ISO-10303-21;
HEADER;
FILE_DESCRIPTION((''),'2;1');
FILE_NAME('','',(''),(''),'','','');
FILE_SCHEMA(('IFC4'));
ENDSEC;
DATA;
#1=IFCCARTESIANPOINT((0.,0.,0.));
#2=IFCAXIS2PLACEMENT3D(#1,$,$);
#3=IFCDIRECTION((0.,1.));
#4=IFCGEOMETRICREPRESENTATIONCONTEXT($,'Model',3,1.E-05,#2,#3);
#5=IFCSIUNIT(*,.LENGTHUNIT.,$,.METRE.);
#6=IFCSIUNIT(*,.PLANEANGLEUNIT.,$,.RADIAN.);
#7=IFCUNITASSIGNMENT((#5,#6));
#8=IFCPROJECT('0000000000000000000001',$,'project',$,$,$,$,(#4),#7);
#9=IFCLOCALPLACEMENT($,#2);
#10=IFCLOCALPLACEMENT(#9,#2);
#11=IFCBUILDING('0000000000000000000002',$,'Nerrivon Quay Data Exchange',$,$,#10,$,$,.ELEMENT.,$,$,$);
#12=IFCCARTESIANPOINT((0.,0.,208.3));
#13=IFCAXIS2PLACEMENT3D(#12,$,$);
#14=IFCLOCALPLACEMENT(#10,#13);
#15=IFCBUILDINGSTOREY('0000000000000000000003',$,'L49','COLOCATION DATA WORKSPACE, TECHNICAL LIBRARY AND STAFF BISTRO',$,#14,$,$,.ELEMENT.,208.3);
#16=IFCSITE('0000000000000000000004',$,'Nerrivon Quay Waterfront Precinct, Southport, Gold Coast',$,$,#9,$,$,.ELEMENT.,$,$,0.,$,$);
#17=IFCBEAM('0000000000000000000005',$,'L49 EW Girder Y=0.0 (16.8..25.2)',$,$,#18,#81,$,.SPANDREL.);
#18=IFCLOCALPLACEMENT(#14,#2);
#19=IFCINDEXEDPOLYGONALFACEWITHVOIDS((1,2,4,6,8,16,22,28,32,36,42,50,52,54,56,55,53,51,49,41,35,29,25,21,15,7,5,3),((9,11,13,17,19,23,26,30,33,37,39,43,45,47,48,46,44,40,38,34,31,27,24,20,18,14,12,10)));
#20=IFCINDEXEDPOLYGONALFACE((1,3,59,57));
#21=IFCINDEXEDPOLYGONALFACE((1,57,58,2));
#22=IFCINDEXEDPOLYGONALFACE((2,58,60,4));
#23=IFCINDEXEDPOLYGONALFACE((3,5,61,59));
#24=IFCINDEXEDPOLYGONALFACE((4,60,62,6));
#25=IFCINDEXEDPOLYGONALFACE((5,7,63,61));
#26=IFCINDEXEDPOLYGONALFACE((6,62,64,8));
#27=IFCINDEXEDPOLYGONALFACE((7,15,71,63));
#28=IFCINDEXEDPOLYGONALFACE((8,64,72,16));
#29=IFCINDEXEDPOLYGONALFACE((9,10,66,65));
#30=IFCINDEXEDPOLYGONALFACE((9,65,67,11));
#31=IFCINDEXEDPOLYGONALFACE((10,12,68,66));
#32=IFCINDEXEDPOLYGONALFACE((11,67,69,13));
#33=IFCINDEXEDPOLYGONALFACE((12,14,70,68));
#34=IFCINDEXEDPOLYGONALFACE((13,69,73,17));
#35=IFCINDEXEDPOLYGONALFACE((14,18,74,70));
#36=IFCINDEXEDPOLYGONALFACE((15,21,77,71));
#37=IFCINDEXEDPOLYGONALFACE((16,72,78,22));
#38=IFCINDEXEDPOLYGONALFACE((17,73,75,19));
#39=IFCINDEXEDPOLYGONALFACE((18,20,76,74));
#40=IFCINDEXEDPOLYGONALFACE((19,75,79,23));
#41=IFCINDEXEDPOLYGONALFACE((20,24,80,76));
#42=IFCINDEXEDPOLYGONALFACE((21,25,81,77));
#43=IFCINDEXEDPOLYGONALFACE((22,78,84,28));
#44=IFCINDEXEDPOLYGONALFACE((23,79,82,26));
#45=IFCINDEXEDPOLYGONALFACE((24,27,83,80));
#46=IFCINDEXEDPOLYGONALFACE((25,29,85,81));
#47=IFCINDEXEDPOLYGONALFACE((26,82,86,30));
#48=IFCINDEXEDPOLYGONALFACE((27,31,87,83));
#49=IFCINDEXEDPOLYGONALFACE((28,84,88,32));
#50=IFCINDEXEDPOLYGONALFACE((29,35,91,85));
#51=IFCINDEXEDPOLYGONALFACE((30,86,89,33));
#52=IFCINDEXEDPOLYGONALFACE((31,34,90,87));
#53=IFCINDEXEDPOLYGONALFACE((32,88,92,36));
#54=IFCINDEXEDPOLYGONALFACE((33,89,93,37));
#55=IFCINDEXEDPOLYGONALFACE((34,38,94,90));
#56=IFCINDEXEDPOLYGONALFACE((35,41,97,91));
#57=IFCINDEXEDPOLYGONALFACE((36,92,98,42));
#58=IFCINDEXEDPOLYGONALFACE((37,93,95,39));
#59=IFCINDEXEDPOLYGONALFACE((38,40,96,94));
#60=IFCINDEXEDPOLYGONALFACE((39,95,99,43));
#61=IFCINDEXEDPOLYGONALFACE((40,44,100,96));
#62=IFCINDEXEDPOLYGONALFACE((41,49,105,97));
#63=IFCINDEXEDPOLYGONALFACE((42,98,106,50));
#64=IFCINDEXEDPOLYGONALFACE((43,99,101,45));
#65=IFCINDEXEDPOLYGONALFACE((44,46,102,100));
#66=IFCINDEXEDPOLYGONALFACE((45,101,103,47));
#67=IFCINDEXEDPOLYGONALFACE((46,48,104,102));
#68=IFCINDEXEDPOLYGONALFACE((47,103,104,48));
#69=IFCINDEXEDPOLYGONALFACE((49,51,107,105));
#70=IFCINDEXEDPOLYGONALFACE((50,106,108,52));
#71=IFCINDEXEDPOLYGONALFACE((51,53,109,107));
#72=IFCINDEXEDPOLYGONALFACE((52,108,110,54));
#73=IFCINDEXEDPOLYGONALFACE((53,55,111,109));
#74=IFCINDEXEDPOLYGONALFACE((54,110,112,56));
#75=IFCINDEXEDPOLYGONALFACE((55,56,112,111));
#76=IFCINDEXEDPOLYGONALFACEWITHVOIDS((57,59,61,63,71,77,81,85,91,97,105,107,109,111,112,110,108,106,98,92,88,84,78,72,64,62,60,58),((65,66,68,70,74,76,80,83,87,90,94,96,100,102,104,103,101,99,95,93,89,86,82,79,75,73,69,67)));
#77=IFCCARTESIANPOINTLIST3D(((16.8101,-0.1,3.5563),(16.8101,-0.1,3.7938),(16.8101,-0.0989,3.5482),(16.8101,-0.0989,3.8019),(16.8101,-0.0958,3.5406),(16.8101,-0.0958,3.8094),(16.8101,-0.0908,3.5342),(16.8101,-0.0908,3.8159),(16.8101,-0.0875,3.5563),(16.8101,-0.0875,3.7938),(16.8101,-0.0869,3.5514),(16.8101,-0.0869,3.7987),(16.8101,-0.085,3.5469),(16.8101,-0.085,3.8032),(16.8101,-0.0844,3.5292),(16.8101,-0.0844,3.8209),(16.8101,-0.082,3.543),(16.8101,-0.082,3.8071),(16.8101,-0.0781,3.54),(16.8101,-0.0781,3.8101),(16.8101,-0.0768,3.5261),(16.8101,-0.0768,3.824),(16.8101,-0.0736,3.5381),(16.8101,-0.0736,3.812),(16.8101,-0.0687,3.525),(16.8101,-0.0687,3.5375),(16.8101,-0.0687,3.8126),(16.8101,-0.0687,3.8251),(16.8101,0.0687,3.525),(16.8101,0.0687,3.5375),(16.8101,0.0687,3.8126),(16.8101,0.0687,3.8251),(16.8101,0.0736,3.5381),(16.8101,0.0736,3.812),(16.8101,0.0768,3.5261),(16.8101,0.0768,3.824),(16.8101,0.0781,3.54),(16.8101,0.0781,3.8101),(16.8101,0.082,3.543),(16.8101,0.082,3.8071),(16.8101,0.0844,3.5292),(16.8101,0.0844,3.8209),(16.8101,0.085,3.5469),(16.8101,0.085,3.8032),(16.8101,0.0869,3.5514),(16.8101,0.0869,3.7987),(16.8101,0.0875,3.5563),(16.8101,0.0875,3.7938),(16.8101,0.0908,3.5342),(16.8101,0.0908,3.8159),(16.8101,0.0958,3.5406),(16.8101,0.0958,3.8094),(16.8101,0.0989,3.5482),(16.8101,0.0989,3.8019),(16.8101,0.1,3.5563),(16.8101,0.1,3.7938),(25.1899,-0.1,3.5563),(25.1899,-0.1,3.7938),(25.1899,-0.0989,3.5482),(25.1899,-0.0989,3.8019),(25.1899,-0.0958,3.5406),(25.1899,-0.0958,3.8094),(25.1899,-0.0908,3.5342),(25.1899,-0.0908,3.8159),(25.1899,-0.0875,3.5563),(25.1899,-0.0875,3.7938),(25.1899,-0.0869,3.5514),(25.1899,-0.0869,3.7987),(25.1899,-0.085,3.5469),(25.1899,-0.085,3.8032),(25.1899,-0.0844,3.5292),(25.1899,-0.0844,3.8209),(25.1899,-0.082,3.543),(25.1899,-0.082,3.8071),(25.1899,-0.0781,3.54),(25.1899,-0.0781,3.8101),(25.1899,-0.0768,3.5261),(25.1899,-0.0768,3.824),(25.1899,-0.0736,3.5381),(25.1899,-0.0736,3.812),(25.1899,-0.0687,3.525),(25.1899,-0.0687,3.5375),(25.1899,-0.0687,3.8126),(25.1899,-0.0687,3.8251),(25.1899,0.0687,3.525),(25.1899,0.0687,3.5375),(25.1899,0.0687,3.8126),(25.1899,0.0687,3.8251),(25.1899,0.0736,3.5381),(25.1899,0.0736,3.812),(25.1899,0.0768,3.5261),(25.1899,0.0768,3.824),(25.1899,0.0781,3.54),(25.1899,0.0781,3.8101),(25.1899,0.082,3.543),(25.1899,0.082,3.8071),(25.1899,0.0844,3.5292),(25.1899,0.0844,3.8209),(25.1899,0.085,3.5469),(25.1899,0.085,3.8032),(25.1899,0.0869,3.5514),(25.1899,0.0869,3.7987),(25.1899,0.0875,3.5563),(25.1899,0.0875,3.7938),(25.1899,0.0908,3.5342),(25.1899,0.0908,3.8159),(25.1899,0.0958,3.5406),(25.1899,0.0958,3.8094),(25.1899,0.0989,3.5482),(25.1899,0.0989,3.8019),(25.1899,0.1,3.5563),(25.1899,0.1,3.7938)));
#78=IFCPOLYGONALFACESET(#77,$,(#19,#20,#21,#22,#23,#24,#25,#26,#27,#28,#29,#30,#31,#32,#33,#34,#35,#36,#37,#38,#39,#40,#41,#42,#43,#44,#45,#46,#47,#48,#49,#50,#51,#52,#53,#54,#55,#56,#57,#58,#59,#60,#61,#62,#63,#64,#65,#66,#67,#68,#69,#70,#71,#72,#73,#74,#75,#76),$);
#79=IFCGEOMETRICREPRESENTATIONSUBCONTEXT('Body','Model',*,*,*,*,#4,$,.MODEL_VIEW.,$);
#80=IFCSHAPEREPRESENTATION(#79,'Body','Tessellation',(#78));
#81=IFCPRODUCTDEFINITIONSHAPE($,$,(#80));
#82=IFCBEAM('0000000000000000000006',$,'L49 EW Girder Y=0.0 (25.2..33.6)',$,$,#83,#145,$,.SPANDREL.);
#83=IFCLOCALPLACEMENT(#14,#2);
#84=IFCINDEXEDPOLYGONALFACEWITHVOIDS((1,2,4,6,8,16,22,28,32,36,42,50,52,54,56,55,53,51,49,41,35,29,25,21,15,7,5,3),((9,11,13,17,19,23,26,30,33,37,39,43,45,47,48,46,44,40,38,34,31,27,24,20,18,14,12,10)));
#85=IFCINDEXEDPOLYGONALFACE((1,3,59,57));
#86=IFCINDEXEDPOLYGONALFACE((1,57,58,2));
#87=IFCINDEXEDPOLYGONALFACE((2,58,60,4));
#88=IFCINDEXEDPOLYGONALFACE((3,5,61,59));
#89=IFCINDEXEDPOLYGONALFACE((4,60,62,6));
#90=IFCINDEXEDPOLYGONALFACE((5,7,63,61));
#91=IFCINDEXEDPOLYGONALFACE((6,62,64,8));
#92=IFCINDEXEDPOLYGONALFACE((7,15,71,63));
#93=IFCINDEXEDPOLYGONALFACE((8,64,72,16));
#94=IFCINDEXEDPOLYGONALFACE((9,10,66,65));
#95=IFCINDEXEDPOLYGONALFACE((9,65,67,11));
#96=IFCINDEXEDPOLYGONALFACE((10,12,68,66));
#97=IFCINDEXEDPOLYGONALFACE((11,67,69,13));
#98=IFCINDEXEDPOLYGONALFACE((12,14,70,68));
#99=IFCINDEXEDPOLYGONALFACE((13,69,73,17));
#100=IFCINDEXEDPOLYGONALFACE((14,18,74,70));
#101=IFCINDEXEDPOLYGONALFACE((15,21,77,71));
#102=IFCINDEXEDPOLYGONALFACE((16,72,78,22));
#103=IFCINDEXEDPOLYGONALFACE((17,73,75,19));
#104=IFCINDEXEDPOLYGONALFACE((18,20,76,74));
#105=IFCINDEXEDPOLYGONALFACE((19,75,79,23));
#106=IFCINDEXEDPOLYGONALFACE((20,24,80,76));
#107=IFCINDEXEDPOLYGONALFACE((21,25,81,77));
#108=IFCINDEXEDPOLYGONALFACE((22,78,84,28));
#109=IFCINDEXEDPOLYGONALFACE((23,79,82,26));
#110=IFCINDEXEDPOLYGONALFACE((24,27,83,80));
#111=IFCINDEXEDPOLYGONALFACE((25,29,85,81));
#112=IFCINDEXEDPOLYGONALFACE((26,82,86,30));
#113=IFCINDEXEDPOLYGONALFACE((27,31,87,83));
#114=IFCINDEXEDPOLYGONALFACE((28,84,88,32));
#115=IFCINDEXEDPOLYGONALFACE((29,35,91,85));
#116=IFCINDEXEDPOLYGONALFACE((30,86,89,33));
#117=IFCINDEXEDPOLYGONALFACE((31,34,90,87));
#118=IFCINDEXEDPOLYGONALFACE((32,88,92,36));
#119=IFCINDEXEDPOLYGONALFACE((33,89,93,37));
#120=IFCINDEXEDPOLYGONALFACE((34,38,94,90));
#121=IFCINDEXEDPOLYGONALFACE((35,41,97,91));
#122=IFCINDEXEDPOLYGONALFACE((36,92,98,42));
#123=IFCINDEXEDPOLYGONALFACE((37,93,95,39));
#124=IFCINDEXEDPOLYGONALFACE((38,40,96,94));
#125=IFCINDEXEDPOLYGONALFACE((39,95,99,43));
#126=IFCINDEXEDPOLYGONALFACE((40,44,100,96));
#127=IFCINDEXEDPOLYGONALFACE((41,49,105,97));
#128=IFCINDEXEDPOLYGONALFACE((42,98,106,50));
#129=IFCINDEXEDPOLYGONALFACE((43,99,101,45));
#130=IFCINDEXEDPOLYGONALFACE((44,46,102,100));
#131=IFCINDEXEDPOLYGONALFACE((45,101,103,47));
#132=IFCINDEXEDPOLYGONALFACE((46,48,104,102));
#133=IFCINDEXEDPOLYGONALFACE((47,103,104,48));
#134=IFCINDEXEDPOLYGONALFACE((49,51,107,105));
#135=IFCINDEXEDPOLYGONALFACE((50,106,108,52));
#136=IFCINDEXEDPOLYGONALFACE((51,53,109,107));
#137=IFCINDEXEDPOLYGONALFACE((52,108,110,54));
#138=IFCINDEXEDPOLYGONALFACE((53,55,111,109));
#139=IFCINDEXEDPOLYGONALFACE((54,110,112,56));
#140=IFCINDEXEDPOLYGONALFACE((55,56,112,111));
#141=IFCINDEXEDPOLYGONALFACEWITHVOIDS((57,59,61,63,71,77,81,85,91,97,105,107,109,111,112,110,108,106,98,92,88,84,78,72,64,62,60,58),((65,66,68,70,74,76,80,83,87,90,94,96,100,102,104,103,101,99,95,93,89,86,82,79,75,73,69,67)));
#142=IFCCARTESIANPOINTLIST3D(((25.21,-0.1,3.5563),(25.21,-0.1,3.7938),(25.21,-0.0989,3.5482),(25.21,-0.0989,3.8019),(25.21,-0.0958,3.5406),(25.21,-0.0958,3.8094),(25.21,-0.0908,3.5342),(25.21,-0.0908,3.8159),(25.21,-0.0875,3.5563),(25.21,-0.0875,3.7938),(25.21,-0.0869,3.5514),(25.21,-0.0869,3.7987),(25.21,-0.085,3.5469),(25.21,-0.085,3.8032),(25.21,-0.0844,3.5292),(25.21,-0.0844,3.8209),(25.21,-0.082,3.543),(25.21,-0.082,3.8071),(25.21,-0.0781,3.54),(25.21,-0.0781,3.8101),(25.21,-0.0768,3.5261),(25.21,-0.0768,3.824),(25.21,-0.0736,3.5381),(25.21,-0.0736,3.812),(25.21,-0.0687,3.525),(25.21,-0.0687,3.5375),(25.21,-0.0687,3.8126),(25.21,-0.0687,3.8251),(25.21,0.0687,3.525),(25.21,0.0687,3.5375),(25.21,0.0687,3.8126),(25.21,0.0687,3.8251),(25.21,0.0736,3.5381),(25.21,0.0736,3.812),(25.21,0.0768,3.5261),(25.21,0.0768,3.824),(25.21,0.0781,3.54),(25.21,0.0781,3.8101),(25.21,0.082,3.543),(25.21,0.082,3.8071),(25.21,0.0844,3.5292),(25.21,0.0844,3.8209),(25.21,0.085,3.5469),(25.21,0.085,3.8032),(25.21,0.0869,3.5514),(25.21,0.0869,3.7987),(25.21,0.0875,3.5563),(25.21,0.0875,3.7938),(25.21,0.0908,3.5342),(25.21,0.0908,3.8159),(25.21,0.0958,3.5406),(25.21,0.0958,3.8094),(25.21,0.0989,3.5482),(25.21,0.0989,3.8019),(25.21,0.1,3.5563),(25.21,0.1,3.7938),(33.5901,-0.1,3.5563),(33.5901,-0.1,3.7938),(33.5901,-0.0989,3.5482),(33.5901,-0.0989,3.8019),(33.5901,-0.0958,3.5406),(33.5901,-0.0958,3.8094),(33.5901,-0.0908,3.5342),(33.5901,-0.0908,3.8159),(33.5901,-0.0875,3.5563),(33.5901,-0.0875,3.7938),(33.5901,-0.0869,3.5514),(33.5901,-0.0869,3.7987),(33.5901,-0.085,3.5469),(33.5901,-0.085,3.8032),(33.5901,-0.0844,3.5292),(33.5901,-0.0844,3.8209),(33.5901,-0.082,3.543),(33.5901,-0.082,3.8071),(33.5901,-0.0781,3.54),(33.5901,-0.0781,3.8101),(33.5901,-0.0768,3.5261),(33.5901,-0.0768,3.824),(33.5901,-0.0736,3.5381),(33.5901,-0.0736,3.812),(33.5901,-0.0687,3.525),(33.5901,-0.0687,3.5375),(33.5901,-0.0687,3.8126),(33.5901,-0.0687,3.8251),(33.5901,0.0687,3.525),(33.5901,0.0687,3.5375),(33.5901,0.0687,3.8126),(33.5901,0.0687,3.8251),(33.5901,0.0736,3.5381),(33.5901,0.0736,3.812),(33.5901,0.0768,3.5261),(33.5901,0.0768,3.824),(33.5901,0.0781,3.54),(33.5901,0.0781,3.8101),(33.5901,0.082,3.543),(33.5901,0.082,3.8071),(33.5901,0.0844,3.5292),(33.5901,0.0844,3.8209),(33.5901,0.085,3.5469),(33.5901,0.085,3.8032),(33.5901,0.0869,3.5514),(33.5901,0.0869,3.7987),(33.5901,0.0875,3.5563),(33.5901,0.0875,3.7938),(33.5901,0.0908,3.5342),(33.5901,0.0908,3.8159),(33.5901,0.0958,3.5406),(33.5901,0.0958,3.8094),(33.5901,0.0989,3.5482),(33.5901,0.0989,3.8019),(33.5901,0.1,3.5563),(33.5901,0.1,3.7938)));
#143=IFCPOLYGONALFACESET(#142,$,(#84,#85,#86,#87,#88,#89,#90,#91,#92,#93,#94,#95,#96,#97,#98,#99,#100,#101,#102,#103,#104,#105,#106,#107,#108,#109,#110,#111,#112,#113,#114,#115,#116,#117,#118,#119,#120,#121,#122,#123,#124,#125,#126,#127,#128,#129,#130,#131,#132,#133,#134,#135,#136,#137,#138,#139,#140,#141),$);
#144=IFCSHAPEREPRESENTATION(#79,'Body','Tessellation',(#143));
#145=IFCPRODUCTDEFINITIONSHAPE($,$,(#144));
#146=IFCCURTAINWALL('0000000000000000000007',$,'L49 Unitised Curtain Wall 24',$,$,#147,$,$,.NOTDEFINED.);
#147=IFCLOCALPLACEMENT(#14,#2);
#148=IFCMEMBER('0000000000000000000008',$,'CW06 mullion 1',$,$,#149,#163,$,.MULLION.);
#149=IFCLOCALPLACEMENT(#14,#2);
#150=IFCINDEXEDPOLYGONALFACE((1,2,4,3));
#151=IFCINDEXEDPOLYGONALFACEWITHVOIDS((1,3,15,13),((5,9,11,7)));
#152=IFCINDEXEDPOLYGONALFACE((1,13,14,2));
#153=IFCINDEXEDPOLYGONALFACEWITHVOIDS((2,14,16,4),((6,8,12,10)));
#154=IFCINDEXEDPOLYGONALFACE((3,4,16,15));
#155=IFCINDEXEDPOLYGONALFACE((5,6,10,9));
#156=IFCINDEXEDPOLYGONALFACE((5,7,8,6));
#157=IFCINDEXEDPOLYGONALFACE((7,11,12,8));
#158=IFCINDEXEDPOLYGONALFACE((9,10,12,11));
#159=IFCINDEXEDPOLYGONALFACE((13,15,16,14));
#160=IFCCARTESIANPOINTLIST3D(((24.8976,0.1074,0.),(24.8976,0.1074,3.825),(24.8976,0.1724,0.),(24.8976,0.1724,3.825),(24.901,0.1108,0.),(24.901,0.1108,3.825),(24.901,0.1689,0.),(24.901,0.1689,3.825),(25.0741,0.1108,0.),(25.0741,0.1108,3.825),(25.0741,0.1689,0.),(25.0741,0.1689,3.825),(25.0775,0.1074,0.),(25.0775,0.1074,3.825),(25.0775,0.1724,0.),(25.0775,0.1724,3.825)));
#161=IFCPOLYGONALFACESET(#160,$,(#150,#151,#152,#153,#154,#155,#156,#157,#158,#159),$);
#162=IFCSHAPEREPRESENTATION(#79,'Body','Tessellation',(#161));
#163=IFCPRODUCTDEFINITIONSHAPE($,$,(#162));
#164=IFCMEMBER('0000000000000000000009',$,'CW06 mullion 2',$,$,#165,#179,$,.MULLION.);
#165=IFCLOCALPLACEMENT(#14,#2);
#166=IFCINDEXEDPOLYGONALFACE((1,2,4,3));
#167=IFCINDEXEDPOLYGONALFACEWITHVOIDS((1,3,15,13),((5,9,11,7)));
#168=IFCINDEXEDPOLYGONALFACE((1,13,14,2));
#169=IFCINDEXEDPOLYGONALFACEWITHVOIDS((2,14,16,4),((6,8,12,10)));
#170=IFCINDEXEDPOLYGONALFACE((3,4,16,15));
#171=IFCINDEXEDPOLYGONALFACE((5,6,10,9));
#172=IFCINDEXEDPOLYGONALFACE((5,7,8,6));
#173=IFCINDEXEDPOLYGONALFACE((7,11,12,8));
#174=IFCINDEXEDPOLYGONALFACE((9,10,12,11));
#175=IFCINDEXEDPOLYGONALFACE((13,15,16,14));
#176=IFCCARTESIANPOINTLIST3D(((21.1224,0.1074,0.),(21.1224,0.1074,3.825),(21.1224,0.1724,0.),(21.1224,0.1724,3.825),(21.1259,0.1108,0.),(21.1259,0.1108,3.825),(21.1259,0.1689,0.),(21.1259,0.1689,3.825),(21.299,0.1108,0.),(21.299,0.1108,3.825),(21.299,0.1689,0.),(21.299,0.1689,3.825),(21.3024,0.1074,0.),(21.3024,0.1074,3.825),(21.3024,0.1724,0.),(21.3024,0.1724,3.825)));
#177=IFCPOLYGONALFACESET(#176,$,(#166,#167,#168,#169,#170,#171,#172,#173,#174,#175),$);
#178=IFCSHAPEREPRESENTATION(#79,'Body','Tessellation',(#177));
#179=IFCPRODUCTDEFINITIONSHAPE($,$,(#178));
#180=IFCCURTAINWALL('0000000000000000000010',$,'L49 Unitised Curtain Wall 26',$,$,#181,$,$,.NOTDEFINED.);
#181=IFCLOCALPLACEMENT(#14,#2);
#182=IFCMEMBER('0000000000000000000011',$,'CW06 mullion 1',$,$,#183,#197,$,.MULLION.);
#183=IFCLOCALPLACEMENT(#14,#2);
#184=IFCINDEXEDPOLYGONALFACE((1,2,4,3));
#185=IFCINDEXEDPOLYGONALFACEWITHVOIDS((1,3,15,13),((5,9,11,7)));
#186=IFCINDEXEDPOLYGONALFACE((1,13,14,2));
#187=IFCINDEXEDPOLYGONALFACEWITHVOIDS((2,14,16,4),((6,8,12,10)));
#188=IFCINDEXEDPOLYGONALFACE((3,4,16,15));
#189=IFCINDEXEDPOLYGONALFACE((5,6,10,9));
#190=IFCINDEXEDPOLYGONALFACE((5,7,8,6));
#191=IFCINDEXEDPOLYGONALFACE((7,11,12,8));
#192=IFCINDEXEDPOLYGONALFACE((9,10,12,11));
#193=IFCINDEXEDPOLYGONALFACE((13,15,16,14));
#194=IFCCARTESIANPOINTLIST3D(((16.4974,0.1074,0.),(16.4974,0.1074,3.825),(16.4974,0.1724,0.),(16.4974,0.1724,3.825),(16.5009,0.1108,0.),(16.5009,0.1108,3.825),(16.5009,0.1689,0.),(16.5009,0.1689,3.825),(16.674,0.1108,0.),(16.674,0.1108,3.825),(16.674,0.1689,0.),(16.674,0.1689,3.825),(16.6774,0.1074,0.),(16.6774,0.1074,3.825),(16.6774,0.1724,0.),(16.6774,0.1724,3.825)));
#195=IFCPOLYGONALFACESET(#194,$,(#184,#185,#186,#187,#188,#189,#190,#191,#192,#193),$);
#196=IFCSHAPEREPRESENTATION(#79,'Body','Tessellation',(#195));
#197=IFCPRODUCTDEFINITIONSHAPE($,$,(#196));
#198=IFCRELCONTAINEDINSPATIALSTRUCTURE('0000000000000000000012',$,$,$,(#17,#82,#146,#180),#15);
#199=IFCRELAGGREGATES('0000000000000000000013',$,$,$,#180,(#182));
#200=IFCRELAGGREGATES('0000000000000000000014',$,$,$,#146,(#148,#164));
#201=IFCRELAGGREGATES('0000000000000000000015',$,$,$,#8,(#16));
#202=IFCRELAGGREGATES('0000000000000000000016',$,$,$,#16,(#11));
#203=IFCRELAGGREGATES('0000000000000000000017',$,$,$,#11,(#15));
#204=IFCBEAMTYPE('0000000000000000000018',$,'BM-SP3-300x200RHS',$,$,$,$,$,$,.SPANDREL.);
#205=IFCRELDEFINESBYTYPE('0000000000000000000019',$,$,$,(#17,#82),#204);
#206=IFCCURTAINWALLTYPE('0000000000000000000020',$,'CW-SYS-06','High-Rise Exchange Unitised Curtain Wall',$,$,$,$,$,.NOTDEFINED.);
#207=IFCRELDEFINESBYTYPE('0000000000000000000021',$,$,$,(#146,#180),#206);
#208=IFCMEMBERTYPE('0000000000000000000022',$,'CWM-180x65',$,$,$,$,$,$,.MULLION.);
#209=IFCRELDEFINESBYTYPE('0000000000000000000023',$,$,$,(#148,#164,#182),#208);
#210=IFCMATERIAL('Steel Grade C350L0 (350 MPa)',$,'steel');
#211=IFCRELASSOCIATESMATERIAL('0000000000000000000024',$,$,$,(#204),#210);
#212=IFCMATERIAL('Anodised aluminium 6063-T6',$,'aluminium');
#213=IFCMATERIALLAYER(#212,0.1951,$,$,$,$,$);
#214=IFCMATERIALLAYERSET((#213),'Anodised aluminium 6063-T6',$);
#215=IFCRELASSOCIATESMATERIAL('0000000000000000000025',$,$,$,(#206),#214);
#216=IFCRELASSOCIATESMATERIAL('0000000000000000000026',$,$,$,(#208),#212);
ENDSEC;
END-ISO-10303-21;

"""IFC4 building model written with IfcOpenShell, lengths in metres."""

from ifc_helpers import new_model, si_unit, direction, frame, origin, origin_2d, place, context, subcontext, project, spatial, hollow_rectangle, extrude, material, layer, layer_set, material_profile, profile_set, type_object, element, aggregate, save


model = new_model("IFC4")

# Units and contexts
model_context = context("Model", 3, precision=1e-05, world=origin(), true_north=direction((0.0, 1.0)))
body_context = subcontext(model_context, "Body", "Model", "MODEL_VIEW")
ifc_project = project(units=[si_unit("LENGTHUNIT", "METRE"), si_unit("PLANEANGLEUNIT", "RADIAN")], contexts=[model_context])

# Site, building, storey
site_placement = place(None, origin())
site = spatial("IfcSite", under=ifc_project, at=site_placement, Name="Nerrivon Quay Waterfront Precinct, Southport, Gold Coast", CompositionType="ELEMENT", RefElevation=0.0)
building_placement = place(site_placement, origin())
building = spatial("IfcBuilding", under=site, at=building_placement, Name="Nerrivon Quay Data Exchange", CompositionType="ELEMENT")
storey_placement = place(building_placement, frame((0.0, 0.0, 208.3)))
storey = spatial("IfcBuildingStorey", under=building, at=storey_placement, Name="L49", Description="COLOCATION DATA WORKSPACE, TECHNICAL LIBRARY AND STAFF BISTRO", CompositionType="ELEMENT", Elevation=208.3)

# Beams
ifc_material_1 = material(Name="Steel Grade C350L0 (350 MPa)", Category="steel")
ifc_material_profile_1 = material_profile(ifc_material_1, hollow_rectangle(XDim=0.2, YDim=0.3, WallThickness=0.0125, InnerFilletRadius=0.0188, OuterFilletRadius=0.0312, at=origin_2d()), Name="300x200x12.5RHS")
ifc_profile_set_1 = profile_set([ifc_material_profile_1], Name="Steel Grade C350L0 (350 MPa)")
beam_type_1 = type_object("IfcBeamType", Name="BM-SP3-300x200RHS", PredefinedType="SPANDREL", material=ifc_profile_set_1)
beam_1_placement = place(storey_placement, frame((16.8101, 0.0, 3.675), z_axis=(1.0, 0.0, 0.0), x_axis=(0.0, 1.0, 0.0)))
element("IfcBeam", 1, at=beam_1_placement, inside=storey, type_object=beam_type_1, Name="L49 EW Girder Y=0.0 (16.8..25.2)", PredefinedType="SPANDREL", context=body_context, shape_type="SweptSolid", body=[
    extrude(hollow_rectangle(XDim=0.2, YDim=0.3, WallThickness=0.0125, InnerFilletRadius=0.0188, OuterFilletRadius=0.0312, at=origin_2d()), origin(), (0.0, 0.0, 1.0), 8.3799),
])
beam_2_placement = place(storey_placement, frame((25.21, 0.0, 3.675), z_axis=(1.0, 0.0, 0.0), x_axis=(0.0, 1.0, 0.0)))
element("IfcBeam", 2, at=beam_2_placement, inside=storey, type_object=beam_type_1, Name="L49 EW Girder Y=0.0 (25.2..33.6)", PredefinedType="SPANDREL", context=body_context, shape_type="SweptSolid", body=[
    extrude(hollow_rectangle(XDim=0.2, YDim=0.3, WallThickness=0.0125, InnerFilletRadius=0.0188, OuterFilletRadius=0.0312, at=origin_2d()), origin(), (0.0, 0.0, 1.0), 8.3801),
])

# Curtain wall, members
ifc_material_2 = material(Name="Anodised aluminium 6063-T6", Category="aluminium")
ifc_layer_1 = layer(ifc_material_2, 0.1951)
ifc_layer_set_1 = layer_set([ifc_layer_1], Name="Anodised aluminium 6063-T6")
curtain_wall_type = type_object("IfcCurtainWallType", Name="CW-SYS-06", Description="High-Rise Exchange Unitised Curtain Wall", PredefinedType="NOTDEFINED", material=ifc_layer_set_1)
curtain_wall_1_placement = place(storey_placement, origin())
curtain_wall_1 = element("IfcCurtainWall", 3, at=curtain_wall_1_placement, inside=storey, type_object=curtain_wall_type, Name="L49 Unitised Curtain Wall 24", PredefinedType="NOTDEFINED")
ifc_material_profile_2 = material_profile(ifc_material_2, hollow_rectangle(XDim=0.0649, YDim=0.1799, WallThickness=0.0034, at=origin_2d()), Name="ALU-MULL-180x65")
ifc_profile_set_2 = profile_set([ifc_material_profile_2], Name="Anodised aluminium 6063-T6")
member_type_1 = type_object("IfcMemberType", Name="CWM-180x65", PredefinedType="MULLION", material=ifc_profile_set_2)
member_1_placement = place(storey_placement, frame((24.9875, 0.1399, 0.0), z_axis=(0.0, 0.0, 1.0), x_axis=(0.0, -1.0, 0.0)))
member_1 = element("IfcMember", 4, at=member_1_placement, type_object=member_type_1, Name="CW06 mullion 1", PredefinedType="MULLION", context=body_context, shape_type="SweptSolid", body=[
    extrude(hollow_rectangle(XDim=0.0649, YDim=0.1799, WallThickness=0.0034, at=origin_2d()), origin(), (0.0, 0.0, 1.0), 3.825),
])
member_2_placement = place(storey_placement, frame((21.2124, 0.1399, 0.0), z_axis=(0.0, 0.0, 1.0), x_axis=(0.0, -1.0, 0.0)))
member_2 = element("IfcMember", 5, at=member_2_placement, type_object=member_type_1, Name="CW06 mullion 2", PredefinedType="MULLION", context=body_context, shape_type="SweptSolid", body=[
    extrude(hollow_rectangle(XDim=0.0649, YDim=0.1799, WallThickness=0.0034, at=origin_2d()), origin(), (0.0, 0.0, 1.0), 3.825),
])

# Curtain wall, member
curtain_wall_2_placement = place(storey_placement, origin())
curtain_wall_2 = element("IfcCurtainWall", 6, at=curtain_wall_2_placement, inside=storey, type_object=curtain_wall_type, Name="L49 Unitised Curtain Wall 26", PredefinedType="NOTDEFINED")
member_3_placement = place(storey_placement, frame((16.5874, 0.1399, 0.0), z_axis=(0.0, 0.0, 1.0), x_axis=(0.0, -1.0, 0.0)))
member_3 = element("IfcMember", 7, at=member_3_placement, type_object=member_type_1, Name="CW06 mullion 1", PredefinedType="MULLION", context=body_context, shape_type="SweptSolid", body=[
    extrude(hollow_rectangle(XDim=0.0649, YDim=0.1799, WallThickness=0.0034, at=origin_2d()), origin(), (0.0, 0.0, 1.0), 3.825),
])
aggregate(curtain_wall_2, [member_3])

aggregate(curtain_wall_1, [member_1, member_2])

save(model, "model.ifc")
